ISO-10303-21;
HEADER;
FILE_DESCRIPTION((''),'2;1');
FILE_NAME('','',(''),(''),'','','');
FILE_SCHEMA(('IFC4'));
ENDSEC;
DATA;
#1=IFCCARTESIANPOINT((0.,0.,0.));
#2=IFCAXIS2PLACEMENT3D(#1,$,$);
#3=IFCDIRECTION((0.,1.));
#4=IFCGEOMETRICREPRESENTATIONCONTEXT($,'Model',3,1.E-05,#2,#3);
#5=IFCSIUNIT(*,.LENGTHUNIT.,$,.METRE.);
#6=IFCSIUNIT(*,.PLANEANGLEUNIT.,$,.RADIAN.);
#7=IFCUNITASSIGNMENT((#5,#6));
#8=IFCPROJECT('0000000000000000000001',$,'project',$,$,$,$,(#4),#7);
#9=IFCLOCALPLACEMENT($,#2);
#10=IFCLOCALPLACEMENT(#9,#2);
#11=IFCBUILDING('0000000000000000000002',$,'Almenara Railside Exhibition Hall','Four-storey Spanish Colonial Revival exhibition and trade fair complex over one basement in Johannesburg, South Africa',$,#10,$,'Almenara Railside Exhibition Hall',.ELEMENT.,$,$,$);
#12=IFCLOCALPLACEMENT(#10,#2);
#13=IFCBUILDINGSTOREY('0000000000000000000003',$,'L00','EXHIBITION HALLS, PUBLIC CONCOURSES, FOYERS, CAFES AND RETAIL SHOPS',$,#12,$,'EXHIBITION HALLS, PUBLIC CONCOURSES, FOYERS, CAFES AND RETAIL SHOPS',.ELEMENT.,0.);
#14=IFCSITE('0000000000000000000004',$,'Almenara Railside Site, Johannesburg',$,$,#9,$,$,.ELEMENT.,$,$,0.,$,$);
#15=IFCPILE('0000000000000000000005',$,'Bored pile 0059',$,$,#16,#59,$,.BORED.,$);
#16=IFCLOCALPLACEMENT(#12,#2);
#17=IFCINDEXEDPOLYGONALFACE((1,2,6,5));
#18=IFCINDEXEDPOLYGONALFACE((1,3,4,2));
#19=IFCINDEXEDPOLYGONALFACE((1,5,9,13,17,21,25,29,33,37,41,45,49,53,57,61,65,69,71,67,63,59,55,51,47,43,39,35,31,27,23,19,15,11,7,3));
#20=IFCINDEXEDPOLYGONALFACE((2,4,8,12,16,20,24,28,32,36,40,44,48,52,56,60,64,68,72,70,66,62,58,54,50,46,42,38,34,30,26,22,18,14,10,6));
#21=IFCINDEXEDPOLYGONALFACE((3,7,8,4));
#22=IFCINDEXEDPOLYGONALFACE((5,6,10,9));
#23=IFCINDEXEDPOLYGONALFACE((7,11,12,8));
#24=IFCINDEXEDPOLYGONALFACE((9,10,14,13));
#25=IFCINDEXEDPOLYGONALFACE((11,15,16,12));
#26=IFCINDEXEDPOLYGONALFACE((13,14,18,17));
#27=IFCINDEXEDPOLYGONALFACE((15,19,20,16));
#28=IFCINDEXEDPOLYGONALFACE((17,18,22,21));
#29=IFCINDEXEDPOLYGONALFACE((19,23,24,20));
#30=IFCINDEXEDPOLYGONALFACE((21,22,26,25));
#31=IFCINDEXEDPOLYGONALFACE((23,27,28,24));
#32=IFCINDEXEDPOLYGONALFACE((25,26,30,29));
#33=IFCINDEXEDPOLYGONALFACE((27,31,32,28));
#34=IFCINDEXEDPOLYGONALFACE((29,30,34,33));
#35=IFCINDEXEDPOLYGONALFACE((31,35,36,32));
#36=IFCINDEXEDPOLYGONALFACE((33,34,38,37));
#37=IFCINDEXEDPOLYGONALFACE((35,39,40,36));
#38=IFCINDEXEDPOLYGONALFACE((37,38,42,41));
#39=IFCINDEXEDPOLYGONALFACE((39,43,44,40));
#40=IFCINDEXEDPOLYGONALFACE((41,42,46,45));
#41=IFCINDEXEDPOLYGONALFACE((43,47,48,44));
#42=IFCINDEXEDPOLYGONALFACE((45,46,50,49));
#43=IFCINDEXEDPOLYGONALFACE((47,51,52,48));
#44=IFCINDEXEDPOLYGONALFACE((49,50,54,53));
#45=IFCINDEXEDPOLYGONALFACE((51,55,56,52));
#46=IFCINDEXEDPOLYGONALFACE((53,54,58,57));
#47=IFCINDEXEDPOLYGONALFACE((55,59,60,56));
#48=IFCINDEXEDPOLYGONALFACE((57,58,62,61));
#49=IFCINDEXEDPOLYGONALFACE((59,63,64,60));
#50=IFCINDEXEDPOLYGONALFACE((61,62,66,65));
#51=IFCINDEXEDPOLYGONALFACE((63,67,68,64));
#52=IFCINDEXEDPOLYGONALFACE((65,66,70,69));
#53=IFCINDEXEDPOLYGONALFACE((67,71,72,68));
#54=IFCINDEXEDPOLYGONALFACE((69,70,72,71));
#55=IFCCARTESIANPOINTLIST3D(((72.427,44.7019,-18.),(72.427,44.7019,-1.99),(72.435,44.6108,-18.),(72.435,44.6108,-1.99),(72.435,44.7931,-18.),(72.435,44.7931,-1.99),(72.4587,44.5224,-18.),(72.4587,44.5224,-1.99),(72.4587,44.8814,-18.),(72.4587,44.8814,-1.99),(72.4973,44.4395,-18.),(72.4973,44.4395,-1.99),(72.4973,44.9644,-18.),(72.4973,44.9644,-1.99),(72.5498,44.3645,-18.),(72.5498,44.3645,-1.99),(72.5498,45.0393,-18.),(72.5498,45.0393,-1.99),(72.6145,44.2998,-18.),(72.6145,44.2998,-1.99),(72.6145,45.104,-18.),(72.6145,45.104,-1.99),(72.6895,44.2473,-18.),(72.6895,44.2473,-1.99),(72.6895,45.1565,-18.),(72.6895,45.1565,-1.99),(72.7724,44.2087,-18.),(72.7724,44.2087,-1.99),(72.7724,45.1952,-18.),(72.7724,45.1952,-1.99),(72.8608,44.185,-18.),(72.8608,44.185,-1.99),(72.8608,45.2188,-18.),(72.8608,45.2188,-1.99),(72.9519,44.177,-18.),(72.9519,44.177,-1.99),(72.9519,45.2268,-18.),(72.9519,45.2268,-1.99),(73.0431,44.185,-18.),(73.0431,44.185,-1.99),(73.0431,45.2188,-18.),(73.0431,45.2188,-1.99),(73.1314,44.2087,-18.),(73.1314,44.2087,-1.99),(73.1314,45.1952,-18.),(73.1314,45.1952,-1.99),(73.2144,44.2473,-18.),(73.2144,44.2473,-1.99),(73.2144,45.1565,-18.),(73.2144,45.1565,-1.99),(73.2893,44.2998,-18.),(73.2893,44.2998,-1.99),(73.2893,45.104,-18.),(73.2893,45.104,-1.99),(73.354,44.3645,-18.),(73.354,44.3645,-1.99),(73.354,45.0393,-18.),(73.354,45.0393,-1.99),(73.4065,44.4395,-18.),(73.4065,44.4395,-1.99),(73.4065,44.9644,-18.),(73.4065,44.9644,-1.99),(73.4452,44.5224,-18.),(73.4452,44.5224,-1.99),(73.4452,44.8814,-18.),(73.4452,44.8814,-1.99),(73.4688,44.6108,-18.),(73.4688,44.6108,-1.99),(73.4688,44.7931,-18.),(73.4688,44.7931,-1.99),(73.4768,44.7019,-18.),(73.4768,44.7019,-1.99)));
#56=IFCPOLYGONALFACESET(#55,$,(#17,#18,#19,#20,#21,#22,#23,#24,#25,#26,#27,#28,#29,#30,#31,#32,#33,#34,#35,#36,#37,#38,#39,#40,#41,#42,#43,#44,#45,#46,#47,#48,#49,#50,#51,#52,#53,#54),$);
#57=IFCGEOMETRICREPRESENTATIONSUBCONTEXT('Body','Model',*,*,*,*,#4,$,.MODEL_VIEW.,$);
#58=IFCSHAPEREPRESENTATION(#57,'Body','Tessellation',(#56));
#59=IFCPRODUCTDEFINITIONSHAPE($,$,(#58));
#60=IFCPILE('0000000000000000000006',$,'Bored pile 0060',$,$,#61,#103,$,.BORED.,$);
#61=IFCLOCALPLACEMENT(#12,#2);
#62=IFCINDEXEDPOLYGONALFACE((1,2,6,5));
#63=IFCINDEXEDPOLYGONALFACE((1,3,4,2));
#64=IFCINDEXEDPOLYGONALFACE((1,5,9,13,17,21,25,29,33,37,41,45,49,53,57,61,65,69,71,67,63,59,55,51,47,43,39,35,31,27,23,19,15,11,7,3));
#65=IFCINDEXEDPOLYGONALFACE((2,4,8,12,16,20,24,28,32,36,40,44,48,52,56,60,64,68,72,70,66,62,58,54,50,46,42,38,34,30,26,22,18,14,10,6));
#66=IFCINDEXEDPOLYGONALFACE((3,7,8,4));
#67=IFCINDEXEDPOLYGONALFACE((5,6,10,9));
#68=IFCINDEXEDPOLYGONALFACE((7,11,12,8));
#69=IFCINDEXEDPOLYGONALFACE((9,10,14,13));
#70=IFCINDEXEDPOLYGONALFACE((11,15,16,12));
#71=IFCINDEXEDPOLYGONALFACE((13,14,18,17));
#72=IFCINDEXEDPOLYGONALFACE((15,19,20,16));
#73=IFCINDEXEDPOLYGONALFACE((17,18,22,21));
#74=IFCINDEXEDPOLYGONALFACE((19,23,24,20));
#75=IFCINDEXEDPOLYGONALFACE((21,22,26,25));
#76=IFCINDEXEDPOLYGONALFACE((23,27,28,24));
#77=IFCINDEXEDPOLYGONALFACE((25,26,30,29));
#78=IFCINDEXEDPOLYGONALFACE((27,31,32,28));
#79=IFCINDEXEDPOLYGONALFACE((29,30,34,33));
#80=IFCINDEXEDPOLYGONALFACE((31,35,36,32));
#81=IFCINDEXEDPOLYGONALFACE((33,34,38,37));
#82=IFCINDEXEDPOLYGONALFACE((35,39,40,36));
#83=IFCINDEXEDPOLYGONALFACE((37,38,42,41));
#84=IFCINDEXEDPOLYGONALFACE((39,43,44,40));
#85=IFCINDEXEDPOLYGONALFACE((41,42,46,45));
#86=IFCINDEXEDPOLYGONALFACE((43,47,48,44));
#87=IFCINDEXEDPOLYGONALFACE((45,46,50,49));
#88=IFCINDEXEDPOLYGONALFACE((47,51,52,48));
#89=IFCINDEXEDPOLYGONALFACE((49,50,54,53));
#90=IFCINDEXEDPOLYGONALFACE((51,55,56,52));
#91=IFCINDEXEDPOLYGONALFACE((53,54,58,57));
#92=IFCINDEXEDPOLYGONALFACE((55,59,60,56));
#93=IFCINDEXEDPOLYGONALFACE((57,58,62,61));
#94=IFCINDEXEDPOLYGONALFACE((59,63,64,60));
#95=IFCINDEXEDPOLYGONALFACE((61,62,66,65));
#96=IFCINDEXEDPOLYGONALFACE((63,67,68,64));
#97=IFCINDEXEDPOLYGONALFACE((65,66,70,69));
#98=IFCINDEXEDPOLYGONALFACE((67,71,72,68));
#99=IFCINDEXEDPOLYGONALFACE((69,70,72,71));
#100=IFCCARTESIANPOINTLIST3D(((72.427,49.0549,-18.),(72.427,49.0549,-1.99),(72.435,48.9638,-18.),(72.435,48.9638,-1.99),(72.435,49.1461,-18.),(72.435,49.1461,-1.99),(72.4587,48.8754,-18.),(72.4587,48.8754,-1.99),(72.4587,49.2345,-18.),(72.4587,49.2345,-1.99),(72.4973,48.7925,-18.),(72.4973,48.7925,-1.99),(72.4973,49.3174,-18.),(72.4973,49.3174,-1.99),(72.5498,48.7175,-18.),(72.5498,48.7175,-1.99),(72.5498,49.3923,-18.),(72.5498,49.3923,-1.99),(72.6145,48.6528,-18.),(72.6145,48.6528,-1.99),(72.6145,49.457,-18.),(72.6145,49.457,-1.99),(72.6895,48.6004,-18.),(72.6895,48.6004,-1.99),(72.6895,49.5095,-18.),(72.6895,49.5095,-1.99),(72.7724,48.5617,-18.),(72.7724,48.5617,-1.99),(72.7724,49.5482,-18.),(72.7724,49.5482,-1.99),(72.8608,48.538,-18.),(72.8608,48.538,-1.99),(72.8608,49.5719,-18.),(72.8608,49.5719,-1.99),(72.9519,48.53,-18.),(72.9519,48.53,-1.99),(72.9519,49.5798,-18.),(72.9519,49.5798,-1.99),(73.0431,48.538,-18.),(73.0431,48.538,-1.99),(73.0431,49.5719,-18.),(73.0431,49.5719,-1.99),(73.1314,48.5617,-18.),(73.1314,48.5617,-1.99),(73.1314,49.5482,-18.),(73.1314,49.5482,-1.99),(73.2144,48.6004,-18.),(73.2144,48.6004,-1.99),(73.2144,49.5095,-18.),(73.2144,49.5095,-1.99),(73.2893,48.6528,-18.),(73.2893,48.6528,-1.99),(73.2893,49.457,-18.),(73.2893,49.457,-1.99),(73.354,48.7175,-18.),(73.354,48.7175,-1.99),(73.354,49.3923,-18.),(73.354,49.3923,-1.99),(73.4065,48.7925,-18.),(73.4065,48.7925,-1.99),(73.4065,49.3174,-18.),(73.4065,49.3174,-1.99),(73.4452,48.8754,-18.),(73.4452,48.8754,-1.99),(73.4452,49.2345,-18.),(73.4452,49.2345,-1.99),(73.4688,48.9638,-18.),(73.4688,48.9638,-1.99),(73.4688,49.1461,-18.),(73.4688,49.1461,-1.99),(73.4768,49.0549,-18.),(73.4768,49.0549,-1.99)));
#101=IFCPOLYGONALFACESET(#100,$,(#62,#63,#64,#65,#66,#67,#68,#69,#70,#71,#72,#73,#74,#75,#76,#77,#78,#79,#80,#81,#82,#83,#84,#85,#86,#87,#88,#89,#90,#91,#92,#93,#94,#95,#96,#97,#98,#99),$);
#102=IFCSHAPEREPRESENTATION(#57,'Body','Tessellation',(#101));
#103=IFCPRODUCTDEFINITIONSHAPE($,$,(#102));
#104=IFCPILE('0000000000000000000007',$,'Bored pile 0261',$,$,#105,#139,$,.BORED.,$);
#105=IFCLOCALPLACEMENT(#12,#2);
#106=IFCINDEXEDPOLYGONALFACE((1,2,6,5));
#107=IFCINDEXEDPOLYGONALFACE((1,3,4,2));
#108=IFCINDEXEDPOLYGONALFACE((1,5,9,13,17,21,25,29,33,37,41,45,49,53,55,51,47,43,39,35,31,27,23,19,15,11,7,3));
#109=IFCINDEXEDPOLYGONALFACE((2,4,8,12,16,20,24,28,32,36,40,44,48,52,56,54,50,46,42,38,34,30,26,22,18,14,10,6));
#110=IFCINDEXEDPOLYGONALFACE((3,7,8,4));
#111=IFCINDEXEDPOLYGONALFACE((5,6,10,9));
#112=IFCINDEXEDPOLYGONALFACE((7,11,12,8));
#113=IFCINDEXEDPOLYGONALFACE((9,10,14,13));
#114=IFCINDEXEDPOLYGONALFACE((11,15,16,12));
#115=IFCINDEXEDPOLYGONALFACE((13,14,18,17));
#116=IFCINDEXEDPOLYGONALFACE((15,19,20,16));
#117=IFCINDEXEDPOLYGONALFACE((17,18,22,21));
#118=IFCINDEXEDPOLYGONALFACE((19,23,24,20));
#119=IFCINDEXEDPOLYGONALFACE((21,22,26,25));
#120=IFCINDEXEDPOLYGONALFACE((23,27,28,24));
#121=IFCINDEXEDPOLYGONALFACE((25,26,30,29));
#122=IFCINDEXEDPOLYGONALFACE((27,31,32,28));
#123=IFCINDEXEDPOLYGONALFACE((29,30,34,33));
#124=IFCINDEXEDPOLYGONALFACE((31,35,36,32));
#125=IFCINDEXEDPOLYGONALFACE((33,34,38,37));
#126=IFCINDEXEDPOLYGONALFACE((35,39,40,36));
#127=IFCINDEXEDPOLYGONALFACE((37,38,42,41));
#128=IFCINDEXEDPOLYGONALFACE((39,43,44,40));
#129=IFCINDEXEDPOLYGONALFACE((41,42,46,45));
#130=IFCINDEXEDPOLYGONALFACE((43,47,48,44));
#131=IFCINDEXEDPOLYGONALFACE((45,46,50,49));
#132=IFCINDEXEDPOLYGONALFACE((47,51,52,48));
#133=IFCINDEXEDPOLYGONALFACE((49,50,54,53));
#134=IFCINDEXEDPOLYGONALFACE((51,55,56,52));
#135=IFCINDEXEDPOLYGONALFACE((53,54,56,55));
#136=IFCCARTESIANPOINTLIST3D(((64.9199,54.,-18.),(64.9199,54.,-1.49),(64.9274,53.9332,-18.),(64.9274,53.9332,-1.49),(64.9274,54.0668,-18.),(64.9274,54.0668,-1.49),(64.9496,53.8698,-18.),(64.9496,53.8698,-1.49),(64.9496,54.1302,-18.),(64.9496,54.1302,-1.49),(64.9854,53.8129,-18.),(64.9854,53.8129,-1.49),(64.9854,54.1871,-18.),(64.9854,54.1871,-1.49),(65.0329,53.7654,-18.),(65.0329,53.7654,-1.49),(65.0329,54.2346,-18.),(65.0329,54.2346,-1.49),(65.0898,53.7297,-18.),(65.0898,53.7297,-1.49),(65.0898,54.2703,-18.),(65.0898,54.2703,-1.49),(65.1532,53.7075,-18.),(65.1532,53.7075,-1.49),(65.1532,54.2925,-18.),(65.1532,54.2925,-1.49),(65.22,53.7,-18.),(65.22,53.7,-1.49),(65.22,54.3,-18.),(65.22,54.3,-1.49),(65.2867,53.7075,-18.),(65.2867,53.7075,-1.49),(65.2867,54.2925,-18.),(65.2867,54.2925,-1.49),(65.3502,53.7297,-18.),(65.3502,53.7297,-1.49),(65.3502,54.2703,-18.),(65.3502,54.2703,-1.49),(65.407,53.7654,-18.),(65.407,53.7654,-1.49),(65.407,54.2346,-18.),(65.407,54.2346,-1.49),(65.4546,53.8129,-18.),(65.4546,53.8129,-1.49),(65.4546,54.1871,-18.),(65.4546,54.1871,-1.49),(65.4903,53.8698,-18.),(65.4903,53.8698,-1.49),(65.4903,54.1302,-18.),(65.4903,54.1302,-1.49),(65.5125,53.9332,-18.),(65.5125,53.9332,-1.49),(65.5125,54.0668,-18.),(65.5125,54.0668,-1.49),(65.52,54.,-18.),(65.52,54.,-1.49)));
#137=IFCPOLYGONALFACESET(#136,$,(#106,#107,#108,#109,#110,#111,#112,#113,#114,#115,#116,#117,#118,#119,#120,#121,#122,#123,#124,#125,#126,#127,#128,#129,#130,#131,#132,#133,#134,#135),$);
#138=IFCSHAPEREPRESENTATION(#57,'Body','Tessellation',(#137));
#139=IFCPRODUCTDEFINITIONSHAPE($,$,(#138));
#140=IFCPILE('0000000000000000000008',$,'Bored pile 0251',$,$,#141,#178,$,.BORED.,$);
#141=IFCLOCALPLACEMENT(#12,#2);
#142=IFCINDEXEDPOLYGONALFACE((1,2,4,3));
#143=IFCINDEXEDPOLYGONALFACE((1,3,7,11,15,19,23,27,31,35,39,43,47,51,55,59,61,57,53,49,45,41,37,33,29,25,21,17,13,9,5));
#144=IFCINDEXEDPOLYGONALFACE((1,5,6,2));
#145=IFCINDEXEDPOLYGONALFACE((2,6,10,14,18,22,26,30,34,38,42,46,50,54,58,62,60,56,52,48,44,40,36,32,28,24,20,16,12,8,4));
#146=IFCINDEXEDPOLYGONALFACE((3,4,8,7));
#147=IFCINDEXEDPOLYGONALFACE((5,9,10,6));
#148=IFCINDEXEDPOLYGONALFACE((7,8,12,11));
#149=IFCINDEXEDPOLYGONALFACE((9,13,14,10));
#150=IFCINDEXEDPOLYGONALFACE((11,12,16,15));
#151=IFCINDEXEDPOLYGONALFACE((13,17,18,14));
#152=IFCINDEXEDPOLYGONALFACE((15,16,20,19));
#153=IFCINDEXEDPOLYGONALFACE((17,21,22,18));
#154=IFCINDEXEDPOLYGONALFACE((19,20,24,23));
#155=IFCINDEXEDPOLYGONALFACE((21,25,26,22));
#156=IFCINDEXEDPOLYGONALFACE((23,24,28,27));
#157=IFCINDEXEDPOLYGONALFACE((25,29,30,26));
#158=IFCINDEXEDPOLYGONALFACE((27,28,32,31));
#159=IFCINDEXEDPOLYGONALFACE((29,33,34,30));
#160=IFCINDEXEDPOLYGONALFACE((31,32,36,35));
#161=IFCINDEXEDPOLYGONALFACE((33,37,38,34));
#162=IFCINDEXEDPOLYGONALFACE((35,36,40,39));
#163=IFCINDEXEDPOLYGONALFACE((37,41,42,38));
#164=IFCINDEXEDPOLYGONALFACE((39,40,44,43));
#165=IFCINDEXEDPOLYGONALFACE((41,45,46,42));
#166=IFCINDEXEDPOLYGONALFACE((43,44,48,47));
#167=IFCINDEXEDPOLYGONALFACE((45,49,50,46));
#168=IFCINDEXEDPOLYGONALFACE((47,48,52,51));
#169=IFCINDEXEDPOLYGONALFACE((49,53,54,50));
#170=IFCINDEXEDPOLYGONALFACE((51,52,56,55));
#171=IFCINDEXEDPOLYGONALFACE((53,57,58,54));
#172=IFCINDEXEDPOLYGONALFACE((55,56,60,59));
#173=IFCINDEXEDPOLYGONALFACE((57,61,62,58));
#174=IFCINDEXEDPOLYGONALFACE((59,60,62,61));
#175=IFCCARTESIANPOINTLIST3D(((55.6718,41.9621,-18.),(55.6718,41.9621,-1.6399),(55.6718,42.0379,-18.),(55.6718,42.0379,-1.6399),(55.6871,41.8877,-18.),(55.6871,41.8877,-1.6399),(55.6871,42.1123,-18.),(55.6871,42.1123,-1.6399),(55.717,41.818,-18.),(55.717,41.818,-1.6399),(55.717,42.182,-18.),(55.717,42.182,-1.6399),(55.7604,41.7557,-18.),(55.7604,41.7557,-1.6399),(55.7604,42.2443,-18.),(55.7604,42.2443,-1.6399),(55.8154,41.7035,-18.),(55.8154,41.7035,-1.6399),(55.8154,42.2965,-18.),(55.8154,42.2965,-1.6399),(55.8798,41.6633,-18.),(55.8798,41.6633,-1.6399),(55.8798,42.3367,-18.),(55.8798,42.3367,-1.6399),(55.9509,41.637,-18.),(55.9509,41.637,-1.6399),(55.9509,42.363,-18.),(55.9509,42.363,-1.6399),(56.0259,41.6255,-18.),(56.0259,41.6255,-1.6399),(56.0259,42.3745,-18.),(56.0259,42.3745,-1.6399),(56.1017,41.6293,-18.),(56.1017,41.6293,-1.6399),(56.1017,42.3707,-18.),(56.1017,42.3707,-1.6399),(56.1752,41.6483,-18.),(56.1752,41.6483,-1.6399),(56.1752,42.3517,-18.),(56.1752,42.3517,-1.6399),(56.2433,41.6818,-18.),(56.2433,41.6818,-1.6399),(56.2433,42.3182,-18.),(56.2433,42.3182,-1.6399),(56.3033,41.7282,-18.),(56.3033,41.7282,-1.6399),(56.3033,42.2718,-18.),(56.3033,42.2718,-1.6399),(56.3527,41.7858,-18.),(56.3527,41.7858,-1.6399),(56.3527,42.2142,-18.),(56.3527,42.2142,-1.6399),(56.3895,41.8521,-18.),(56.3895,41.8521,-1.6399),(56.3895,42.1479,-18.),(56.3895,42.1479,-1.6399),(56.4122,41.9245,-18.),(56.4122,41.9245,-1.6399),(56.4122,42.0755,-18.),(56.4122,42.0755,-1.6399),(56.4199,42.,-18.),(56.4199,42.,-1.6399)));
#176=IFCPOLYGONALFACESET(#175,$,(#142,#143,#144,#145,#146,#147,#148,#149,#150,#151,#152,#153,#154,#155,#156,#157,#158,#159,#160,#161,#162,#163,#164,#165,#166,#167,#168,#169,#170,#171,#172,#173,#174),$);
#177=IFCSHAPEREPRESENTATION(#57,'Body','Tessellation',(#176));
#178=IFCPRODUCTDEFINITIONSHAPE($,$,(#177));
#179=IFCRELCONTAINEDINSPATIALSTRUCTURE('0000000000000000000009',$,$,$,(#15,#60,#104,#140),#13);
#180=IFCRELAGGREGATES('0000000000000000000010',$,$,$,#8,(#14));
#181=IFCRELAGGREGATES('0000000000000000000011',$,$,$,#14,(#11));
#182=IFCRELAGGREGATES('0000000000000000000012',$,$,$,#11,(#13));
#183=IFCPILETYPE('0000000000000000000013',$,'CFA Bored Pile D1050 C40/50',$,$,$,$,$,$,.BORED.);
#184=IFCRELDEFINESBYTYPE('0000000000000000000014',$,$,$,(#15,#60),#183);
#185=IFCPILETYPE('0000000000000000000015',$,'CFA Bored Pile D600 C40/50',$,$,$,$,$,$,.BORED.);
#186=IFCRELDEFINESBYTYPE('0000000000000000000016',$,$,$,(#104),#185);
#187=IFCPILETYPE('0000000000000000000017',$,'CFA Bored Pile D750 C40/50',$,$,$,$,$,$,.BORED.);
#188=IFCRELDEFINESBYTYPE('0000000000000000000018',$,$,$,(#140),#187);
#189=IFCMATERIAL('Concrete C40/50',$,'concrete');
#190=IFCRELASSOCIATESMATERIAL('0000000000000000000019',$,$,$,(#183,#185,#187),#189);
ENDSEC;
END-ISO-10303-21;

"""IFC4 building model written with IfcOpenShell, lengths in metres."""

from ifc_helpers import new_model, si_unit, direction, frame, origin, origin_2d, place, context, subcontext, project, spatial, circle, extrude, material, material_profile, profile_set, type_object, element, save


model = new_model("IFC4")

# Units and contexts
model_context = context("Model", 3, precision=1e-05, world=origin(), true_north=direction((0.0, 1.0)))
body_context = subcontext(model_context, "Body", "Model", "MODEL_VIEW")
ifc_project = project(units=[si_unit("LENGTHUNIT", "METRE"), si_unit("PLANEANGLEUNIT", "RADIAN")], contexts=[model_context])

# Site, building, storey
site_placement = place(None, origin())
site = spatial("IfcSite", under=ifc_project, at=site_placement, Name="Almenara Railside Site, Johannesburg", CompositionType="ELEMENT", RefElevation=0.0)
building_placement = place(site_placement, origin())
building = spatial("IfcBuilding", under=site, at=building_placement, Name="Almenara Railside Exhibition Hall", Description="Four-storey Spanish Colonial Revival exhibition and trade fair complex over one basement in Johannesburg, South Africa", LongName="Almenara Railside Exhibition Hall", CompositionType="ELEMENT")
storey_placement = place(building_placement, origin())
storey = spatial("IfcBuildingStorey", under=building, at=storey_placement, Name="L00", Description="EXHIBITION HALLS, PUBLIC CONCOURSES, FOYERS, CAFES AND RETAIL SHOPS", LongName="EXHIBITION HALLS, PUBLIC CONCOURSES, FOYERS, CAFES AND RETAIL SHOPS", CompositionType="ELEMENT", Elevation=0.0)

# Piles
ifc_material_1 = material(Name="Concrete C40/50", Category="concrete")
ifc_material_profile_1 = material_profile(ifc_material_1, circle(Radius=0.5249, at=origin_2d()), Name="CFA-PILE D1050")
ifc_profile_set_1 = profile_set([ifc_material_profile_1], Name="Concrete C40/50")
pile_type_1 = type_object("IfcPileType", Name="CFA Bored Pile D1050 C40/50", PredefinedType="BORED", material=ifc_profile_set_1)
for number, where, z_axis, x_axis, name in (
    (1, (72.9519, 44.7019, -1.99), (0.0, 0.0, -1.0), (1.0, 0.0, 0.0), "Bored pile 0059"),
    (2, (72.9519, 49.0549, -1.99), (0.0, 0.0, -1.0), (1.0, 0.0, 0.0), "Bored pile 0060"),
):
    element("IfcPile", number, at=place(storey_placement, frame(where, z_axis=z_axis, x_axis=x_axis)), inside=storey, type_object=pile_type_1, Name=name, PredefinedType="BORED", context=body_context, shape_type="SweptSolid", body=[
        extrude(circle(Radius=0.5249, at=origin_2d()), origin(), (0.0, 0.0, 1.0), 16.01),
    ])
ifc_material_profile_2 = material_profile(ifc_material_1, circle(Radius=0.3, at=origin_2d()), Name="CFA-PILE D600")
ifc_profile_set_2 = profile_set([ifc_material_profile_2], Name="Concrete C40/50")
pile_type_2 = type_object("IfcPileType", Name="CFA Bored Pile D600 C40/50", PredefinedType="BORED", material=ifc_profile_set_2)
pile_placement = place(storey_placement, frame((65.22, 54.0, -1.49), z_axis=(0.0, 0.0, -1.0), x_axis=(1.0, 0.0, 0.0)))
element("IfcPile", 3, at=pile_placement, inside=storey, type_object=pile_type_2, Name="Bored pile 0261", PredefinedType="BORED", context=body_context, shape_type="SweptSolid", body=[
    extrude(circle(Radius=0.3, at=origin_2d()), origin(), (0.0, 0.0, 1.0), 16.51),
])
ifc_material_profile_3 = material_profile(ifc_material_1, circle(Radius=0.375, at=origin_2d()), Name="CFA-PILE D750")
ifc_profile_set_3 = profile_set([ifc_material_profile_3], Name="Concrete C40/50")
pile_type_3 = type_object("IfcPileType", Name="CFA Bored Pile D750 C40/50", PredefinedType="BORED", material=ifc_profile_set_3)
for number, where, z_axis, x_axis, name in (
    (4, (56.0449, 42.0, -1.6399), (0.0, 0.0, -1.0), (1.0, 0.0, 0.0), "Bored pile 0251"),
):
    element("IfcPile", number, at=place(storey_placement, frame(where, z_axis=z_axis, x_axis=x_axis)), inside=storey, type_object=pile_type_3, Name=name, PredefinedType="BORED", context=body_context, shape_type="SweptSolid", body=[
        extrude(circle(Radius=0.375, at=origin_2d()), origin(), (0.0, 0.0, 1.0), 16.3601),
    ])

save(model, "model.ifc")
